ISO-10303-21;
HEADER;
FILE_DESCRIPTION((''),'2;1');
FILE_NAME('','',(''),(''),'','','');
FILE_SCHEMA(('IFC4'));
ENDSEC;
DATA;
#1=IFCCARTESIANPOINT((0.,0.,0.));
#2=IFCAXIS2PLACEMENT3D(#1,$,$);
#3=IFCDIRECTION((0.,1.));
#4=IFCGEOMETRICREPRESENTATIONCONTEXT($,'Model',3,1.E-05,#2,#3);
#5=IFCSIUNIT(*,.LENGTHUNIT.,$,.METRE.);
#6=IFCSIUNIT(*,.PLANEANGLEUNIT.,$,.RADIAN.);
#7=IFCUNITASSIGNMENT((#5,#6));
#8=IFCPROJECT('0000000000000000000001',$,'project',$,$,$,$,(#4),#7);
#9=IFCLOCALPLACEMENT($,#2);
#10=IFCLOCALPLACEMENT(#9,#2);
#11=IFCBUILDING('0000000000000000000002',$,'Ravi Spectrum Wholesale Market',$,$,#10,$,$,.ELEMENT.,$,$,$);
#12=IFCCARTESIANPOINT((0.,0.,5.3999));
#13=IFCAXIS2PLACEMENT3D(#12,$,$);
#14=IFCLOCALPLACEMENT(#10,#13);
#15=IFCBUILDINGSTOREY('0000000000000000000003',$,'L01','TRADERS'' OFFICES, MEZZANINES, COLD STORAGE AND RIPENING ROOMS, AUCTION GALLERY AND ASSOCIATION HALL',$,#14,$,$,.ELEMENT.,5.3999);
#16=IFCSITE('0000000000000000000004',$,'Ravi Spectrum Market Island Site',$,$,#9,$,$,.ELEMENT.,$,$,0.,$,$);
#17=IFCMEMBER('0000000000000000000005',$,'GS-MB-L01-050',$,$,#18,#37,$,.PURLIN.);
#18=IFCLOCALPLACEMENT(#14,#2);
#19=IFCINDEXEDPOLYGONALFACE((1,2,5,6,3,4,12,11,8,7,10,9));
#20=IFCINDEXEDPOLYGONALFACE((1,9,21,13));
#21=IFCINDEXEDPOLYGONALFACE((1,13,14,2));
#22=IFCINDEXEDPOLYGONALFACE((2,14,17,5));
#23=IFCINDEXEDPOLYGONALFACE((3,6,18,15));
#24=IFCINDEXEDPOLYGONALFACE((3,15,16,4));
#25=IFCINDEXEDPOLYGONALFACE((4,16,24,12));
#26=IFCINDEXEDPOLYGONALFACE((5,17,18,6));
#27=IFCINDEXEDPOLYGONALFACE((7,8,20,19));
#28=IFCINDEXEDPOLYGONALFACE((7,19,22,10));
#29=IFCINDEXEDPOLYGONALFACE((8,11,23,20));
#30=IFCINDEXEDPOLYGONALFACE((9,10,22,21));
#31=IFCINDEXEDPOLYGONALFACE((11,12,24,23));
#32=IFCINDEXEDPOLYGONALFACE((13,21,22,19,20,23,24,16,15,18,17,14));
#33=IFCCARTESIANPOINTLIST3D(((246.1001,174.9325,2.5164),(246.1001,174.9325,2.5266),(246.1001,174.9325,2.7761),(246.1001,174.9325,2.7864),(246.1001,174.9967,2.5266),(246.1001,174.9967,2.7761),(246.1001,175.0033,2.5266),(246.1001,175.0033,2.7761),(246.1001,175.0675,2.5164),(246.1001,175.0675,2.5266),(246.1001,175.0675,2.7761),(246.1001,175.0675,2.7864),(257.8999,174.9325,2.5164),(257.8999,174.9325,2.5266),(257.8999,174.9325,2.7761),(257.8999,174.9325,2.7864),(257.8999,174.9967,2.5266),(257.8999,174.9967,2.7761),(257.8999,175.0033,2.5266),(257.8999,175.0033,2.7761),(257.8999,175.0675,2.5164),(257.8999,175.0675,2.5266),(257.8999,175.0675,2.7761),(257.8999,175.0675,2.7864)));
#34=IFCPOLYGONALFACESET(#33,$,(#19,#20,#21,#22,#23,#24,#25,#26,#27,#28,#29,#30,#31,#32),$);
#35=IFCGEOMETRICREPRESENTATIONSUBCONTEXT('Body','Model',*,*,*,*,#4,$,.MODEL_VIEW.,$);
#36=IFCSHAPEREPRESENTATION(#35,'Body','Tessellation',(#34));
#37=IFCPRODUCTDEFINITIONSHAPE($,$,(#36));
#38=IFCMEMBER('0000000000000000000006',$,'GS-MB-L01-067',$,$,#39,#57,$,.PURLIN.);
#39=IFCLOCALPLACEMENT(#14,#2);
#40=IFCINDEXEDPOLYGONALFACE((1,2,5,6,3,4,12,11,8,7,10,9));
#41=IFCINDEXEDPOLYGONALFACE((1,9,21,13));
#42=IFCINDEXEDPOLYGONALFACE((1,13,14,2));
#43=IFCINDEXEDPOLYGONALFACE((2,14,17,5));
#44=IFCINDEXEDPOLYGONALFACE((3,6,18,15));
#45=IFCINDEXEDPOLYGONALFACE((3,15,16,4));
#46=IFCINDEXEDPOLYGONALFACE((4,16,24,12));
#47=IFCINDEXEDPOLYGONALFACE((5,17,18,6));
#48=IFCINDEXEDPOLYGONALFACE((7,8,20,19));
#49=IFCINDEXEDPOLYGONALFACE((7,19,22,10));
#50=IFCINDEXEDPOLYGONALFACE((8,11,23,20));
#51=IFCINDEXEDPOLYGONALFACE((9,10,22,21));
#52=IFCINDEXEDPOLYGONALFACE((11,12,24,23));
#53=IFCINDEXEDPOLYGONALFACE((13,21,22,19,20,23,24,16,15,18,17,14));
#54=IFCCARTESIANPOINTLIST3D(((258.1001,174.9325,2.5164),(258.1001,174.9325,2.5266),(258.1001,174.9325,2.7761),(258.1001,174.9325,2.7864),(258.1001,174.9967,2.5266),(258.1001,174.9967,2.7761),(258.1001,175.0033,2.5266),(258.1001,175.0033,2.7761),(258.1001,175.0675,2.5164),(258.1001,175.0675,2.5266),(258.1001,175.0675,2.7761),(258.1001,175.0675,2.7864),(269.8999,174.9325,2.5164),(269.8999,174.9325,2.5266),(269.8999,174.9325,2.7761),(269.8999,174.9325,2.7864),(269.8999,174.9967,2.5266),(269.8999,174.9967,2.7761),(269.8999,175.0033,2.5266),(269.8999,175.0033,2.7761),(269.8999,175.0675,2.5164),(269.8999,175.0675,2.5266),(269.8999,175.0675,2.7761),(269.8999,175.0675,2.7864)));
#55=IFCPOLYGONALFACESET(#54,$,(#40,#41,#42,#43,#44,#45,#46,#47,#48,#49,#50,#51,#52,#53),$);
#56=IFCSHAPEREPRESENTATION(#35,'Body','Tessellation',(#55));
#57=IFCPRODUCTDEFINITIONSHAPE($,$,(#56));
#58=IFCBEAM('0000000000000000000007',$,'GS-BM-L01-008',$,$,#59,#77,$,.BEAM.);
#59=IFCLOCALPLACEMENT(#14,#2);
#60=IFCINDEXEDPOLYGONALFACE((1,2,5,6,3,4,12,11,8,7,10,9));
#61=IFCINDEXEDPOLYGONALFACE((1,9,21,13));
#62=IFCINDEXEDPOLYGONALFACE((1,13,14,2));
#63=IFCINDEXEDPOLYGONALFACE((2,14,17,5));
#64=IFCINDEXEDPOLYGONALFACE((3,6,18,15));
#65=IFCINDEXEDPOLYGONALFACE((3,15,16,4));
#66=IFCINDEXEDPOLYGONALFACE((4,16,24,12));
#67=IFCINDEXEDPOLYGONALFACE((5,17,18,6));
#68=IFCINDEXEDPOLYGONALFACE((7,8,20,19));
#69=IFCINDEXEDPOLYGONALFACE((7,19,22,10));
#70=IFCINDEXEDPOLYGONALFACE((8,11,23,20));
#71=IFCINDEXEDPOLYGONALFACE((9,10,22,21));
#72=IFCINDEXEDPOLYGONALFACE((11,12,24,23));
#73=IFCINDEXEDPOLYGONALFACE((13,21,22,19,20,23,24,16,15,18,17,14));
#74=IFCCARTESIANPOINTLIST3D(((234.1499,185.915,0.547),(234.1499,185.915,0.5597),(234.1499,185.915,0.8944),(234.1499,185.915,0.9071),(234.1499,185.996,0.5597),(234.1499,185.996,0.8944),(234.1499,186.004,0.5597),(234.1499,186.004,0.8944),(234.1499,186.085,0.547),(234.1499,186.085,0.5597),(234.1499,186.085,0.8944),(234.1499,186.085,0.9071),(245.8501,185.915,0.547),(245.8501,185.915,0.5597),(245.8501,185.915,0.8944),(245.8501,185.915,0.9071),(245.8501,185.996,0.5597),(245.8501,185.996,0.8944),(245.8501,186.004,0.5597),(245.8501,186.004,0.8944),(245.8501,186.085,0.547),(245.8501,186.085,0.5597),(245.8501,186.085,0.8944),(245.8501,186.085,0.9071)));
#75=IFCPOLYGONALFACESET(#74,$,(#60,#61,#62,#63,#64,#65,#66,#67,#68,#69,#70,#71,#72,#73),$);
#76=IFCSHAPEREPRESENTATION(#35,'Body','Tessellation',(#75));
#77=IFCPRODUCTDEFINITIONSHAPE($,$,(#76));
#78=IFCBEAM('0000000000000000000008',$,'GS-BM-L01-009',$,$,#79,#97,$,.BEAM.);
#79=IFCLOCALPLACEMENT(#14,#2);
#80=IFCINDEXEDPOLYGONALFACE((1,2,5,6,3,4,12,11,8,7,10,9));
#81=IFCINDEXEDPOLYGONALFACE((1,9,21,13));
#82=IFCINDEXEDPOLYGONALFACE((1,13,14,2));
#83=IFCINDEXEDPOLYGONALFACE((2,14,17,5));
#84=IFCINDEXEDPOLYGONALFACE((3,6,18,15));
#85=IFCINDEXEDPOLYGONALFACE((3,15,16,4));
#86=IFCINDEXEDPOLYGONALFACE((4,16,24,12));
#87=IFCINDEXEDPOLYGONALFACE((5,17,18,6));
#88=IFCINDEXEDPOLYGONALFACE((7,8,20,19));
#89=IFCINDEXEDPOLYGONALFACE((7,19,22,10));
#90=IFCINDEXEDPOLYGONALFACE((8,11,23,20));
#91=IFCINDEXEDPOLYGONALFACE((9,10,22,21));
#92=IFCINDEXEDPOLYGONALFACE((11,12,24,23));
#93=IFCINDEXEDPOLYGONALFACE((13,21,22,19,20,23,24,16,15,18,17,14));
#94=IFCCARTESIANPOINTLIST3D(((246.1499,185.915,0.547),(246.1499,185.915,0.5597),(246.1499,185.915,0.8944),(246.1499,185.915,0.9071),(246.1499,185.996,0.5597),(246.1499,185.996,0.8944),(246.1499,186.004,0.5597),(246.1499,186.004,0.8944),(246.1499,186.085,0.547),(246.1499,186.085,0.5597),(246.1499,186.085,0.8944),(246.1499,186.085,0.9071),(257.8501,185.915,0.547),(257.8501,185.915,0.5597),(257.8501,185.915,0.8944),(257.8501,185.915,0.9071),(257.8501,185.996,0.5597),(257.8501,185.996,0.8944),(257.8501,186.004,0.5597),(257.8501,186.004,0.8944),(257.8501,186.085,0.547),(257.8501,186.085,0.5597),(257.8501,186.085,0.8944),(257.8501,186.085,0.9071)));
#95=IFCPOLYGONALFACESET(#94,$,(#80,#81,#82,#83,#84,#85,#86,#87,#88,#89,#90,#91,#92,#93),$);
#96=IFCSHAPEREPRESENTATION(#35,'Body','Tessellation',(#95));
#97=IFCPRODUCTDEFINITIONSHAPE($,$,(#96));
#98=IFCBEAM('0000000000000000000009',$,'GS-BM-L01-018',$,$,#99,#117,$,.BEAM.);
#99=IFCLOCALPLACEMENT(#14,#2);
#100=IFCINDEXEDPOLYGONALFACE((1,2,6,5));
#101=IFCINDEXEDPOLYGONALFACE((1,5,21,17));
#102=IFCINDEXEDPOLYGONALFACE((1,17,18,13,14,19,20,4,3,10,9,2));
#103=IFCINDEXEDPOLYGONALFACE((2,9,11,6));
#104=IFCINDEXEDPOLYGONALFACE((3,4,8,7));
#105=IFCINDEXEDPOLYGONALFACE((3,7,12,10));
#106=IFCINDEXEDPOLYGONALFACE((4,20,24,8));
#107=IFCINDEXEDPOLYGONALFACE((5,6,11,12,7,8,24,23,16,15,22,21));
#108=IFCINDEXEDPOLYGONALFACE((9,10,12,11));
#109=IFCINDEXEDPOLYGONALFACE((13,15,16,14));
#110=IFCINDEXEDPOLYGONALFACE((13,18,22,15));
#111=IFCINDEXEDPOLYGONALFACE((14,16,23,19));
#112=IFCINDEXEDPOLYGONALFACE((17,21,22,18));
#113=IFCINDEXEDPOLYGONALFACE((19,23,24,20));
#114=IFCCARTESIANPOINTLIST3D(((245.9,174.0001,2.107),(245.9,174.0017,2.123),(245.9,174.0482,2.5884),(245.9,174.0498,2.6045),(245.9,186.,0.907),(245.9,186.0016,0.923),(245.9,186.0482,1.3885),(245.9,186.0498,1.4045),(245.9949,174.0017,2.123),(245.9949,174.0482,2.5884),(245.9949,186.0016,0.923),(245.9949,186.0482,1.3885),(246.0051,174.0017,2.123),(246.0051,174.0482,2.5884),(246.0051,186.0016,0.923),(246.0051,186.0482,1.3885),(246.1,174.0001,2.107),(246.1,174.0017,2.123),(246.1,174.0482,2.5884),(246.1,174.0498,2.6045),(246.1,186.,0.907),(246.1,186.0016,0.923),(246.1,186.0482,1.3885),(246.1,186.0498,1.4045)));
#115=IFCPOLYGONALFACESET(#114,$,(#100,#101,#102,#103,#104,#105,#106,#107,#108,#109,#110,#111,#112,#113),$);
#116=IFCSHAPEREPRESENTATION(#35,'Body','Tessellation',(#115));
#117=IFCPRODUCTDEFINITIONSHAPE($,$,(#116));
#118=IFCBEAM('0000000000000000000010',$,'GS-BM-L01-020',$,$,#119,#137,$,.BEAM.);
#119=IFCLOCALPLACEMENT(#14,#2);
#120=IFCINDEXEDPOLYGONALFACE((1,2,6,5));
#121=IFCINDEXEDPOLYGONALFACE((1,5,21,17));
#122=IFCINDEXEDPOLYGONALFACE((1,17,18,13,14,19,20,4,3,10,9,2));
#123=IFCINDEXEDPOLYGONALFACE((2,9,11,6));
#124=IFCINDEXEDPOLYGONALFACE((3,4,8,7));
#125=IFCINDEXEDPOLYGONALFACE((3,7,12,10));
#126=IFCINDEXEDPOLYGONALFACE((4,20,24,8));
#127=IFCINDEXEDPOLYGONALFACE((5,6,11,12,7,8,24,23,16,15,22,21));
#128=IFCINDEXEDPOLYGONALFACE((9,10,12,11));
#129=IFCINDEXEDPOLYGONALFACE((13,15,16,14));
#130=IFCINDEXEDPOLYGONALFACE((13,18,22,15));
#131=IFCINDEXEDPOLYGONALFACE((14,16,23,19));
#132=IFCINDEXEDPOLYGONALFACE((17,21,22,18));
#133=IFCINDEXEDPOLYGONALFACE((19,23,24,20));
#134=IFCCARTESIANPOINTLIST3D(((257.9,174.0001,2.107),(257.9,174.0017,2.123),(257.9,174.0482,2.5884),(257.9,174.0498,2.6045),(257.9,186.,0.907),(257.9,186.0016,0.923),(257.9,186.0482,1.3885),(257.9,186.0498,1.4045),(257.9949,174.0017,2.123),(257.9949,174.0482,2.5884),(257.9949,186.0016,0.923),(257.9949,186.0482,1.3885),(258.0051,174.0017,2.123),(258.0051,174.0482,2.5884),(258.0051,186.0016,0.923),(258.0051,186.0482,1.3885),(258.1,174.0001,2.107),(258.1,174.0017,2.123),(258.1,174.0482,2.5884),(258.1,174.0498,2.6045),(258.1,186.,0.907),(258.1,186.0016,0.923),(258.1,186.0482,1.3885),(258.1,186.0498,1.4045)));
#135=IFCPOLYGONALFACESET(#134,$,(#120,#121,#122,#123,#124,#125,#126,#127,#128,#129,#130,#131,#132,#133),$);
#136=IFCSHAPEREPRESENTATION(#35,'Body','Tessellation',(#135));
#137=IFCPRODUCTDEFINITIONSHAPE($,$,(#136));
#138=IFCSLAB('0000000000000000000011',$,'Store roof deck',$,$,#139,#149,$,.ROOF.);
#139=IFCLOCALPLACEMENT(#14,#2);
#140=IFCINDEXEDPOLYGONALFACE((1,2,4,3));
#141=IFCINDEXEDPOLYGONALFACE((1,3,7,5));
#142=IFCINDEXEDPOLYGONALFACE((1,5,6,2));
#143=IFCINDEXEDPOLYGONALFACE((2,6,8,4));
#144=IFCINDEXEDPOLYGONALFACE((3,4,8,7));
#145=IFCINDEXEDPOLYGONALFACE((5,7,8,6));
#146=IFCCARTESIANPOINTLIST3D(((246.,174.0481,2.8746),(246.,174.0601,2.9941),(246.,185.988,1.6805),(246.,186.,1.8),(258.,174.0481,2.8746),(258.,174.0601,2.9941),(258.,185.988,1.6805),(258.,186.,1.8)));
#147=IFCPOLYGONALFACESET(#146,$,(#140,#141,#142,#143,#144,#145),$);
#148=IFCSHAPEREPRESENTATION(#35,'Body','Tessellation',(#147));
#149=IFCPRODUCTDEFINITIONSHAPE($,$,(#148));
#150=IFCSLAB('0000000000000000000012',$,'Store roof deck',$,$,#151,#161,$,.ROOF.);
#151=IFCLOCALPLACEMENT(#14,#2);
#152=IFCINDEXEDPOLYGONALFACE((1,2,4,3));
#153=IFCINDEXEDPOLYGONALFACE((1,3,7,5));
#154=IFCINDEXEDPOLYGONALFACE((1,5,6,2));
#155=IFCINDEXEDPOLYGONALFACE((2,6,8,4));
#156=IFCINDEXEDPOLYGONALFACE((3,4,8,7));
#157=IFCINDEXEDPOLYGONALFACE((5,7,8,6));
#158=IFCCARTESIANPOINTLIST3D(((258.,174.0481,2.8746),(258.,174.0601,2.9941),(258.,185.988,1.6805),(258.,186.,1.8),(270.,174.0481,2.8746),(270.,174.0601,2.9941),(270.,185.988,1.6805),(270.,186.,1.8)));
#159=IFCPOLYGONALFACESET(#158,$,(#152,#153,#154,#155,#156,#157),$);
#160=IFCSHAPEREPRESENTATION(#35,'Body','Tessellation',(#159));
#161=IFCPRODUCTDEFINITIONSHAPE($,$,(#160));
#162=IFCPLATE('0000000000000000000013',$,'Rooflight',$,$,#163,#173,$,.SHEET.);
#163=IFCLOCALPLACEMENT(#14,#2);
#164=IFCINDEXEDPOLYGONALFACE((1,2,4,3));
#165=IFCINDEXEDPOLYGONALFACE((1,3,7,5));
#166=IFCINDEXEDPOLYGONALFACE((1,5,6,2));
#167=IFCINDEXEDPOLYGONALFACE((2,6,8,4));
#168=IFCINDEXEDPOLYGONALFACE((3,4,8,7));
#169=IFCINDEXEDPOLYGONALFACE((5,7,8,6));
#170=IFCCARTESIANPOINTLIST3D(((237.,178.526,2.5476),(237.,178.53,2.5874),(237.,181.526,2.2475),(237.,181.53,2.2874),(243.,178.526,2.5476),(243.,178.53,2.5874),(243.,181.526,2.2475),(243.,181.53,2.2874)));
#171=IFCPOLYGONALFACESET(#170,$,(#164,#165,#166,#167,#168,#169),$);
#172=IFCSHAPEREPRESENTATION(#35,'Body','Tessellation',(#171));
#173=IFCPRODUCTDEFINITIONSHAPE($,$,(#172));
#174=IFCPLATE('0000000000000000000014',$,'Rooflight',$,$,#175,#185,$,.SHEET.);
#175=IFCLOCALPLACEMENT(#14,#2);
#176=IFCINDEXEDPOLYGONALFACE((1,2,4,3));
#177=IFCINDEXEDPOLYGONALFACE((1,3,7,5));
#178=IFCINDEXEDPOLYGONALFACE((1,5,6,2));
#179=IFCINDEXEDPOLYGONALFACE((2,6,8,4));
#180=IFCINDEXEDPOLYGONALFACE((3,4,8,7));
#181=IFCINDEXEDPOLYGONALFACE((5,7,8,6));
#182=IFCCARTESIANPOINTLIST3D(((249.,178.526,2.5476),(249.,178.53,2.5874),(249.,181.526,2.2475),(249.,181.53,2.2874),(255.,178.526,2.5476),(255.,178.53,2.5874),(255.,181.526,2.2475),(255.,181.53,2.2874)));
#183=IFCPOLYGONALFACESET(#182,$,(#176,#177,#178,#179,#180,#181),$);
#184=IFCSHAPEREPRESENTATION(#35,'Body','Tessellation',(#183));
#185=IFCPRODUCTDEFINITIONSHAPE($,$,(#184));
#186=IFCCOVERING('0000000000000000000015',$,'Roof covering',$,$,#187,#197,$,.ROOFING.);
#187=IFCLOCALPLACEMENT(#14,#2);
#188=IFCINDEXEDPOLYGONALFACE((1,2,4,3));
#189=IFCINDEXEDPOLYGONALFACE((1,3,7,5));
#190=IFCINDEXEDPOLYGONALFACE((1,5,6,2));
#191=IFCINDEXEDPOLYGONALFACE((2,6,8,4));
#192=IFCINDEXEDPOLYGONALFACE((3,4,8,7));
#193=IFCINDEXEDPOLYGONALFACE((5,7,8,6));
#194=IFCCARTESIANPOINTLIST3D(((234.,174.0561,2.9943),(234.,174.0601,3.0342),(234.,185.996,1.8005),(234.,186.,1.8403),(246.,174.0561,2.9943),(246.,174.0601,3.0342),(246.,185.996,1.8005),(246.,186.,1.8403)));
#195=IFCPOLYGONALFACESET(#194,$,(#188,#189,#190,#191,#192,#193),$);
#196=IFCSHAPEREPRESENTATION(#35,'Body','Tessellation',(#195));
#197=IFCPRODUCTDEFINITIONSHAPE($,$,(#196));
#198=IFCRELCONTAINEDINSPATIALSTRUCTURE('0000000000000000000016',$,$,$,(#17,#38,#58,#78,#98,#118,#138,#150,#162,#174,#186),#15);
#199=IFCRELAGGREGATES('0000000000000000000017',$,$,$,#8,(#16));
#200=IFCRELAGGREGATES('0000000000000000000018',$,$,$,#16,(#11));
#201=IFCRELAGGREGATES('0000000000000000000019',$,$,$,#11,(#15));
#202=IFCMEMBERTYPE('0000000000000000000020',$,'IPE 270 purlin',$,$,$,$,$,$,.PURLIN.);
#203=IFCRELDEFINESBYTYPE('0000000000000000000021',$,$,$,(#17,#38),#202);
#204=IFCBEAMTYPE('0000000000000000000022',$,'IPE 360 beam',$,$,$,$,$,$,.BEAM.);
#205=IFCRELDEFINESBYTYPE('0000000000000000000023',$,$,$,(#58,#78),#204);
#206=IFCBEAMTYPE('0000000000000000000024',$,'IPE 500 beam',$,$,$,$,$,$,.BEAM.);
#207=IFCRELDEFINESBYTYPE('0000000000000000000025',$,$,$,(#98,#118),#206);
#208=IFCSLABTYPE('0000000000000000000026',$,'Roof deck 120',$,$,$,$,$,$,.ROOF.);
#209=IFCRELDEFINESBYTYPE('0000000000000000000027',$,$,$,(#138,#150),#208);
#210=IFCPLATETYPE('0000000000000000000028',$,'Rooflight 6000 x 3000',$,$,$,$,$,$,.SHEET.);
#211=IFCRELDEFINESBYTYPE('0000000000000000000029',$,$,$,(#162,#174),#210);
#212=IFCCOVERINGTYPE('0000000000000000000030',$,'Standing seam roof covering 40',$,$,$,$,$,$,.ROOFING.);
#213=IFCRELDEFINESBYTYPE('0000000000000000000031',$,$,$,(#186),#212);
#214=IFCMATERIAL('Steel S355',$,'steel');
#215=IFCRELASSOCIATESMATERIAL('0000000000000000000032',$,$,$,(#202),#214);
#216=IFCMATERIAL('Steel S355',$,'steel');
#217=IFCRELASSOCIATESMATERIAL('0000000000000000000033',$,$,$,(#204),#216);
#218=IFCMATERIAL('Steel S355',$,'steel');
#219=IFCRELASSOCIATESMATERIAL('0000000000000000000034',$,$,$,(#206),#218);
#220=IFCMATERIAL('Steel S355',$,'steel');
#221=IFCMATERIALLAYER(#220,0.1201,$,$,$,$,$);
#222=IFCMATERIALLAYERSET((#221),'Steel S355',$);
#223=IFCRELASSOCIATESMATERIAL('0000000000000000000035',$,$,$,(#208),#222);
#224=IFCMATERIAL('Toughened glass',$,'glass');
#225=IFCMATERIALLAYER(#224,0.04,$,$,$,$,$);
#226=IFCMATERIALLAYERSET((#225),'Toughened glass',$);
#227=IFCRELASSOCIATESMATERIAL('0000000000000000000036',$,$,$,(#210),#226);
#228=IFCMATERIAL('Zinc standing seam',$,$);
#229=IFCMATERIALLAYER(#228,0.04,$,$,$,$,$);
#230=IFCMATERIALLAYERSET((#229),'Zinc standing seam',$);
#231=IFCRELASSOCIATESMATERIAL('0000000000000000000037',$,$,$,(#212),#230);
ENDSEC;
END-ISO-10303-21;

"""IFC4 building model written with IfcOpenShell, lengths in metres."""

from ifc_helpers import new_model, si_unit, direction, frame, origin, origin_2d, place, context, subcontext, project, spatial, polyline, i_section, outline, extrude, material, layer, layer_set, material_profile, profile_set, type_object, element, save


model = new_model("IFC4")

# Units and contexts
model_context = context("Model", 3, precision=1e-05, world=origin(), true_north=direction((0.0, 1.0)))
body_context = subcontext(model_context, "Body", "Model", "MODEL_VIEW")
ifc_project = project(units=[si_unit("LENGTHUNIT", "METRE"), si_unit("PLANEANGLEUNIT", "RADIAN")], contexts=[model_context])

# Site, building, storey
site_placement = place(None, origin())
site = spatial("IfcSite", under=ifc_project, at=site_placement, Name="Ravi Spectrum Market Island Site", CompositionType="ELEMENT", RefElevation=0.0)
building_placement = place(site_placement, origin())
building = spatial("IfcBuilding", under=site, at=building_placement, Name="Ravi Spectrum Wholesale Market", CompositionType="ELEMENT")
storey_placement = place(building_placement, frame((0.0, 0.0, 5.3999)))
storey = spatial("IfcBuildingStorey", under=building, at=storey_placement, Name="L01", Description="TRADERS' OFFICES, MEZZANINES, COLD STORAGE AND RIPENING ROOMS, AUCTION GALLERY AND ASSOCIATION HALL", CompositionType="ELEMENT", Elevation=5.3999)

# Members
ifc_material_1 = material(Name="Steel S355", Category="steel")
ifc_material_profile_1 = material_profile(ifc_material_1, i_section(OverallWidth=0.135, OverallDepth=0.27, WebThickness=0.0066, FlangeThickness=0.0103, at=origin_2d()))
ifc_profile_set_1 = profile_set([ifc_material_profile_1], Name="Steel S355")
member_type = type_object("IfcMemberType", Name="IPE 270 purlin", PredefinedType="PURLIN", material=ifc_profile_set_1)
for number, where, z_axis, x_axis, name in (
    (1, (246.1001, 175.0, 2.6514), (1.0, 0.0, 0.0), (0.0, 1.0, 0.0), "GS-MB-L01-050"),
    (2, (258.1001, 175.0, 2.6514), (1.0, 0.0, 0.0), (0.0, 1.0, 0.0), "GS-MB-L01-067"),
):
    element("IfcMember", number, at=place(storey_placement, frame(where, z_axis=z_axis, x_axis=x_axis)), inside=storey, type_object=member_type, Name=name, PredefinedType="PURLIN", context=body_context, shape_type="SweptSolid", body=[
        extrude(i_section(OverallWidth=0.135, OverallDepth=0.27, WebThickness=0.0066, FlangeThickness=0.0103, at=origin_2d()), origin(), (0.0, 0.0, 1.0), 11.7998),
    ])

# Beams
ifc_material_2 = material(Name="Steel S355", Category="steel")
ifc_material_profile_2 = material_profile(ifc_material_2, i_section(OverallWidth=0.1699, OverallDepth=0.3601, WebThickness=0.0081, FlangeThickness=0.0127, at=origin_2d()))
ifc_profile_set_2 = profile_set([ifc_material_profile_2], Name="Steel S355")
beam_type_1 = type_object("IfcBeamType", Name="IPE 360 beam", PredefinedType="BEAM", material=ifc_profile_set_2)
for number, where, z_axis, x_axis, name in (
    (3, (234.1499, 186.0, 0.7271), (1.0, 0.0, 0.0), (0.0, 1.0, 0.0), "GS-BM-L01-008"),
    (4, (246.1499, 186.0, 0.7271), (1.0, 0.0, 0.0), (0.0, 1.0, 0.0), "GS-BM-L01-009"),
):
    element("IfcBeam", number, at=place(storey_placement, frame(where, z_axis=z_axis, x_axis=x_axis)), inside=storey, type_object=beam_type_1, Name=name, PredefinedType="BEAM", context=body_context, shape_type="SweptSolid", body=[
        extrude(i_section(OverallWidth=0.1699, OverallDepth=0.3601, WebThickness=0.0081, FlangeThickness=0.0127, at=origin_2d()), origin(), (0.0, 0.0, 1.0), 11.7002),
    ])
ifc_material_3 = material(Name="Steel S355", Category="steel")
ifc_material_profile_3 = material_profile(ifc_material_3, i_section(OverallWidth=0.2, OverallDepth=0.5, WebThickness=0.0103, FlangeThickness=0.0161, at=origin_2d()))
ifc_profile_set_3 = profile_set([ifc_material_profile_3], Name="Steel S355")
beam_type_2 = type_object("IfcBeamType", Name="IPE 500 beam", PredefinedType="BEAM", material=ifc_profile_set_3)
for number, where, z_axis, x_axis, name in (
    (5, (246.0, 186.0249, 1.1558), (0.0, -0.995038, 0.0995), (1.0, 0.0, 0.0), "GS-BM-L01-018"),
    (6, (258.0, 186.0249, 1.1558), (0.0, -0.995038, 0.0995), (1.0, 0.0, 0.0), "GS-BM-L01-020"),
):
    element("IfcBeam", number, at=place(storey_placement, frame(where, z_axis=z_axis, x_axis=x_axis)), inside=storey, type_object=beam_type_2, Name=name, PredefinedType="BEAM", context=body_context, shape_type="SweptSolid", body=[
        extrude(i_section(OverallWidth=0.2, OverallDepth=0.5, WebThickness=0.0103, FlangeThickness=0.0161, at=origin_2d()), origin(), (0.0, 0.0, 1.0), 12.0598),
    ])

# Slabs
ifc_material_4 = material(Name="Steel S355", Category="steel")
ifc_layer_1 = layer(ifc_material_4, 0.1201)
ifc_layer_set_1 = layer_set([ifc_layer_1], Name="Steel S355")
slab_type = type_object("IfcSlabType", Name="Roof deck 120", PredefinedType="ROOF", material=ifc_layer_set_1)
for number, where, z_axis, x_axis, name in (
    (7, (246.0, 186.0, 1.8), (0.0, 0.099512, 0.995036), (1.0, 0.0, 0.0), "Store roof deck"),
    (8, (258.0, 186.0, 1.8), (0.0, 0.099512, 0.995036), (1.0, 0.0, 0.0), "Store roof deck"),
):
    element("IfcSlab", number, at=place(storey_placement, frame(where, z_axis=z_axis, x_axis=x_axis)), inside=storey, type_object=slab_type, Name=name, PredefinedType="ROOF", context=body_context, shape_type="SweptSolid", body=[
        extrude(outline(polyline([(0.0, 0.0), (12.0, 0.0), (12.0, -11.9995), (0.0, -11.9995), (0.0, 0.0)])), origin(), (0.0, 0.0, -1.0), 0.1201),
    ])

# Plates
ifc_material_5 = material(Name="Toughened glass", Category="glass")
ifc_layer_2 = layer(ifc_material_5, 0.04)
ifc_layer_set_2 = layer_set([ifc_layer_2], Name="Toughened glass")
plate_type = type_object("IfcPlateType", Name="Rooflight 6000 x 3000", PredefinedType="SHEET", material=ifc_layer_set_2)
for number, where, z_axis, x_axis, name in (
    (9, (237.0, 178.53, 2.5874), (0.0, 0.09952, 0.995036), (1.0, 0.0, 0.0), "Rooflight"),
    (10, (249.0, 178.53, 2.5874), (0.0, 0.09952, 0.995036), (1.0, 0.0, 0.0), "Rooflight"),
):
    element("IfcPlate", number, at=place(storey_placement, frame(where, z_axis=z_axis, x_axis=x_axis)), inside=storey, type_object=plate_type, Name=name, PredefinedType="SHEET", context=body_context, shape_type="SweptSolid", body=[
        extrude(outline(polyline([(0.0, 0.0), (6.0, 0.0), (6.0, 3.015), (0.0, 3.015), (0.0, 0.0)])), origin(), (0.0, 0.0, -1.0), 0.04),
    ])

# Covering
ifc_material_6 = material(Name="Zinc standing seam")
ifc_layer_3 = layer(ifc_material_6, 0.04)
ifc_layer_set_3 = layer_set([ifc_layer_3], Name="Zinc standing seam")
covering_type = type_object("IfcCoveringType", Name="Standing seam roof covering 40", PredefinedType="ROOFING", material=ifc_layer_set_3)
for number, where, z_axis, x_axis, name in (
    (11, (246.0, 186.0, 1.8403), (0.0, 0.099492, 0.995038), (0.0, -0.995038, 0.099492), "Roof covering"),
):
    element("IfcCovering", number, at=place(storey_placement, frame(where, z_axis=z_axis, x_axis=x_axis)), inside=storey, type_object=covering_type, Name=name, PredefinedType="ROOFING", context=body_context, shape_type="SweptSolid", body=[
        extrude(outline(polyline([(0.0, 0.0), (11.9995, 0.0), (11.9995, -12.0), (0.0, -12.0), (0.0, 0.0)])), origin(), (0.0, 0.0, -1.0), 0.04),
    ])

save(model, "model.ifc")
